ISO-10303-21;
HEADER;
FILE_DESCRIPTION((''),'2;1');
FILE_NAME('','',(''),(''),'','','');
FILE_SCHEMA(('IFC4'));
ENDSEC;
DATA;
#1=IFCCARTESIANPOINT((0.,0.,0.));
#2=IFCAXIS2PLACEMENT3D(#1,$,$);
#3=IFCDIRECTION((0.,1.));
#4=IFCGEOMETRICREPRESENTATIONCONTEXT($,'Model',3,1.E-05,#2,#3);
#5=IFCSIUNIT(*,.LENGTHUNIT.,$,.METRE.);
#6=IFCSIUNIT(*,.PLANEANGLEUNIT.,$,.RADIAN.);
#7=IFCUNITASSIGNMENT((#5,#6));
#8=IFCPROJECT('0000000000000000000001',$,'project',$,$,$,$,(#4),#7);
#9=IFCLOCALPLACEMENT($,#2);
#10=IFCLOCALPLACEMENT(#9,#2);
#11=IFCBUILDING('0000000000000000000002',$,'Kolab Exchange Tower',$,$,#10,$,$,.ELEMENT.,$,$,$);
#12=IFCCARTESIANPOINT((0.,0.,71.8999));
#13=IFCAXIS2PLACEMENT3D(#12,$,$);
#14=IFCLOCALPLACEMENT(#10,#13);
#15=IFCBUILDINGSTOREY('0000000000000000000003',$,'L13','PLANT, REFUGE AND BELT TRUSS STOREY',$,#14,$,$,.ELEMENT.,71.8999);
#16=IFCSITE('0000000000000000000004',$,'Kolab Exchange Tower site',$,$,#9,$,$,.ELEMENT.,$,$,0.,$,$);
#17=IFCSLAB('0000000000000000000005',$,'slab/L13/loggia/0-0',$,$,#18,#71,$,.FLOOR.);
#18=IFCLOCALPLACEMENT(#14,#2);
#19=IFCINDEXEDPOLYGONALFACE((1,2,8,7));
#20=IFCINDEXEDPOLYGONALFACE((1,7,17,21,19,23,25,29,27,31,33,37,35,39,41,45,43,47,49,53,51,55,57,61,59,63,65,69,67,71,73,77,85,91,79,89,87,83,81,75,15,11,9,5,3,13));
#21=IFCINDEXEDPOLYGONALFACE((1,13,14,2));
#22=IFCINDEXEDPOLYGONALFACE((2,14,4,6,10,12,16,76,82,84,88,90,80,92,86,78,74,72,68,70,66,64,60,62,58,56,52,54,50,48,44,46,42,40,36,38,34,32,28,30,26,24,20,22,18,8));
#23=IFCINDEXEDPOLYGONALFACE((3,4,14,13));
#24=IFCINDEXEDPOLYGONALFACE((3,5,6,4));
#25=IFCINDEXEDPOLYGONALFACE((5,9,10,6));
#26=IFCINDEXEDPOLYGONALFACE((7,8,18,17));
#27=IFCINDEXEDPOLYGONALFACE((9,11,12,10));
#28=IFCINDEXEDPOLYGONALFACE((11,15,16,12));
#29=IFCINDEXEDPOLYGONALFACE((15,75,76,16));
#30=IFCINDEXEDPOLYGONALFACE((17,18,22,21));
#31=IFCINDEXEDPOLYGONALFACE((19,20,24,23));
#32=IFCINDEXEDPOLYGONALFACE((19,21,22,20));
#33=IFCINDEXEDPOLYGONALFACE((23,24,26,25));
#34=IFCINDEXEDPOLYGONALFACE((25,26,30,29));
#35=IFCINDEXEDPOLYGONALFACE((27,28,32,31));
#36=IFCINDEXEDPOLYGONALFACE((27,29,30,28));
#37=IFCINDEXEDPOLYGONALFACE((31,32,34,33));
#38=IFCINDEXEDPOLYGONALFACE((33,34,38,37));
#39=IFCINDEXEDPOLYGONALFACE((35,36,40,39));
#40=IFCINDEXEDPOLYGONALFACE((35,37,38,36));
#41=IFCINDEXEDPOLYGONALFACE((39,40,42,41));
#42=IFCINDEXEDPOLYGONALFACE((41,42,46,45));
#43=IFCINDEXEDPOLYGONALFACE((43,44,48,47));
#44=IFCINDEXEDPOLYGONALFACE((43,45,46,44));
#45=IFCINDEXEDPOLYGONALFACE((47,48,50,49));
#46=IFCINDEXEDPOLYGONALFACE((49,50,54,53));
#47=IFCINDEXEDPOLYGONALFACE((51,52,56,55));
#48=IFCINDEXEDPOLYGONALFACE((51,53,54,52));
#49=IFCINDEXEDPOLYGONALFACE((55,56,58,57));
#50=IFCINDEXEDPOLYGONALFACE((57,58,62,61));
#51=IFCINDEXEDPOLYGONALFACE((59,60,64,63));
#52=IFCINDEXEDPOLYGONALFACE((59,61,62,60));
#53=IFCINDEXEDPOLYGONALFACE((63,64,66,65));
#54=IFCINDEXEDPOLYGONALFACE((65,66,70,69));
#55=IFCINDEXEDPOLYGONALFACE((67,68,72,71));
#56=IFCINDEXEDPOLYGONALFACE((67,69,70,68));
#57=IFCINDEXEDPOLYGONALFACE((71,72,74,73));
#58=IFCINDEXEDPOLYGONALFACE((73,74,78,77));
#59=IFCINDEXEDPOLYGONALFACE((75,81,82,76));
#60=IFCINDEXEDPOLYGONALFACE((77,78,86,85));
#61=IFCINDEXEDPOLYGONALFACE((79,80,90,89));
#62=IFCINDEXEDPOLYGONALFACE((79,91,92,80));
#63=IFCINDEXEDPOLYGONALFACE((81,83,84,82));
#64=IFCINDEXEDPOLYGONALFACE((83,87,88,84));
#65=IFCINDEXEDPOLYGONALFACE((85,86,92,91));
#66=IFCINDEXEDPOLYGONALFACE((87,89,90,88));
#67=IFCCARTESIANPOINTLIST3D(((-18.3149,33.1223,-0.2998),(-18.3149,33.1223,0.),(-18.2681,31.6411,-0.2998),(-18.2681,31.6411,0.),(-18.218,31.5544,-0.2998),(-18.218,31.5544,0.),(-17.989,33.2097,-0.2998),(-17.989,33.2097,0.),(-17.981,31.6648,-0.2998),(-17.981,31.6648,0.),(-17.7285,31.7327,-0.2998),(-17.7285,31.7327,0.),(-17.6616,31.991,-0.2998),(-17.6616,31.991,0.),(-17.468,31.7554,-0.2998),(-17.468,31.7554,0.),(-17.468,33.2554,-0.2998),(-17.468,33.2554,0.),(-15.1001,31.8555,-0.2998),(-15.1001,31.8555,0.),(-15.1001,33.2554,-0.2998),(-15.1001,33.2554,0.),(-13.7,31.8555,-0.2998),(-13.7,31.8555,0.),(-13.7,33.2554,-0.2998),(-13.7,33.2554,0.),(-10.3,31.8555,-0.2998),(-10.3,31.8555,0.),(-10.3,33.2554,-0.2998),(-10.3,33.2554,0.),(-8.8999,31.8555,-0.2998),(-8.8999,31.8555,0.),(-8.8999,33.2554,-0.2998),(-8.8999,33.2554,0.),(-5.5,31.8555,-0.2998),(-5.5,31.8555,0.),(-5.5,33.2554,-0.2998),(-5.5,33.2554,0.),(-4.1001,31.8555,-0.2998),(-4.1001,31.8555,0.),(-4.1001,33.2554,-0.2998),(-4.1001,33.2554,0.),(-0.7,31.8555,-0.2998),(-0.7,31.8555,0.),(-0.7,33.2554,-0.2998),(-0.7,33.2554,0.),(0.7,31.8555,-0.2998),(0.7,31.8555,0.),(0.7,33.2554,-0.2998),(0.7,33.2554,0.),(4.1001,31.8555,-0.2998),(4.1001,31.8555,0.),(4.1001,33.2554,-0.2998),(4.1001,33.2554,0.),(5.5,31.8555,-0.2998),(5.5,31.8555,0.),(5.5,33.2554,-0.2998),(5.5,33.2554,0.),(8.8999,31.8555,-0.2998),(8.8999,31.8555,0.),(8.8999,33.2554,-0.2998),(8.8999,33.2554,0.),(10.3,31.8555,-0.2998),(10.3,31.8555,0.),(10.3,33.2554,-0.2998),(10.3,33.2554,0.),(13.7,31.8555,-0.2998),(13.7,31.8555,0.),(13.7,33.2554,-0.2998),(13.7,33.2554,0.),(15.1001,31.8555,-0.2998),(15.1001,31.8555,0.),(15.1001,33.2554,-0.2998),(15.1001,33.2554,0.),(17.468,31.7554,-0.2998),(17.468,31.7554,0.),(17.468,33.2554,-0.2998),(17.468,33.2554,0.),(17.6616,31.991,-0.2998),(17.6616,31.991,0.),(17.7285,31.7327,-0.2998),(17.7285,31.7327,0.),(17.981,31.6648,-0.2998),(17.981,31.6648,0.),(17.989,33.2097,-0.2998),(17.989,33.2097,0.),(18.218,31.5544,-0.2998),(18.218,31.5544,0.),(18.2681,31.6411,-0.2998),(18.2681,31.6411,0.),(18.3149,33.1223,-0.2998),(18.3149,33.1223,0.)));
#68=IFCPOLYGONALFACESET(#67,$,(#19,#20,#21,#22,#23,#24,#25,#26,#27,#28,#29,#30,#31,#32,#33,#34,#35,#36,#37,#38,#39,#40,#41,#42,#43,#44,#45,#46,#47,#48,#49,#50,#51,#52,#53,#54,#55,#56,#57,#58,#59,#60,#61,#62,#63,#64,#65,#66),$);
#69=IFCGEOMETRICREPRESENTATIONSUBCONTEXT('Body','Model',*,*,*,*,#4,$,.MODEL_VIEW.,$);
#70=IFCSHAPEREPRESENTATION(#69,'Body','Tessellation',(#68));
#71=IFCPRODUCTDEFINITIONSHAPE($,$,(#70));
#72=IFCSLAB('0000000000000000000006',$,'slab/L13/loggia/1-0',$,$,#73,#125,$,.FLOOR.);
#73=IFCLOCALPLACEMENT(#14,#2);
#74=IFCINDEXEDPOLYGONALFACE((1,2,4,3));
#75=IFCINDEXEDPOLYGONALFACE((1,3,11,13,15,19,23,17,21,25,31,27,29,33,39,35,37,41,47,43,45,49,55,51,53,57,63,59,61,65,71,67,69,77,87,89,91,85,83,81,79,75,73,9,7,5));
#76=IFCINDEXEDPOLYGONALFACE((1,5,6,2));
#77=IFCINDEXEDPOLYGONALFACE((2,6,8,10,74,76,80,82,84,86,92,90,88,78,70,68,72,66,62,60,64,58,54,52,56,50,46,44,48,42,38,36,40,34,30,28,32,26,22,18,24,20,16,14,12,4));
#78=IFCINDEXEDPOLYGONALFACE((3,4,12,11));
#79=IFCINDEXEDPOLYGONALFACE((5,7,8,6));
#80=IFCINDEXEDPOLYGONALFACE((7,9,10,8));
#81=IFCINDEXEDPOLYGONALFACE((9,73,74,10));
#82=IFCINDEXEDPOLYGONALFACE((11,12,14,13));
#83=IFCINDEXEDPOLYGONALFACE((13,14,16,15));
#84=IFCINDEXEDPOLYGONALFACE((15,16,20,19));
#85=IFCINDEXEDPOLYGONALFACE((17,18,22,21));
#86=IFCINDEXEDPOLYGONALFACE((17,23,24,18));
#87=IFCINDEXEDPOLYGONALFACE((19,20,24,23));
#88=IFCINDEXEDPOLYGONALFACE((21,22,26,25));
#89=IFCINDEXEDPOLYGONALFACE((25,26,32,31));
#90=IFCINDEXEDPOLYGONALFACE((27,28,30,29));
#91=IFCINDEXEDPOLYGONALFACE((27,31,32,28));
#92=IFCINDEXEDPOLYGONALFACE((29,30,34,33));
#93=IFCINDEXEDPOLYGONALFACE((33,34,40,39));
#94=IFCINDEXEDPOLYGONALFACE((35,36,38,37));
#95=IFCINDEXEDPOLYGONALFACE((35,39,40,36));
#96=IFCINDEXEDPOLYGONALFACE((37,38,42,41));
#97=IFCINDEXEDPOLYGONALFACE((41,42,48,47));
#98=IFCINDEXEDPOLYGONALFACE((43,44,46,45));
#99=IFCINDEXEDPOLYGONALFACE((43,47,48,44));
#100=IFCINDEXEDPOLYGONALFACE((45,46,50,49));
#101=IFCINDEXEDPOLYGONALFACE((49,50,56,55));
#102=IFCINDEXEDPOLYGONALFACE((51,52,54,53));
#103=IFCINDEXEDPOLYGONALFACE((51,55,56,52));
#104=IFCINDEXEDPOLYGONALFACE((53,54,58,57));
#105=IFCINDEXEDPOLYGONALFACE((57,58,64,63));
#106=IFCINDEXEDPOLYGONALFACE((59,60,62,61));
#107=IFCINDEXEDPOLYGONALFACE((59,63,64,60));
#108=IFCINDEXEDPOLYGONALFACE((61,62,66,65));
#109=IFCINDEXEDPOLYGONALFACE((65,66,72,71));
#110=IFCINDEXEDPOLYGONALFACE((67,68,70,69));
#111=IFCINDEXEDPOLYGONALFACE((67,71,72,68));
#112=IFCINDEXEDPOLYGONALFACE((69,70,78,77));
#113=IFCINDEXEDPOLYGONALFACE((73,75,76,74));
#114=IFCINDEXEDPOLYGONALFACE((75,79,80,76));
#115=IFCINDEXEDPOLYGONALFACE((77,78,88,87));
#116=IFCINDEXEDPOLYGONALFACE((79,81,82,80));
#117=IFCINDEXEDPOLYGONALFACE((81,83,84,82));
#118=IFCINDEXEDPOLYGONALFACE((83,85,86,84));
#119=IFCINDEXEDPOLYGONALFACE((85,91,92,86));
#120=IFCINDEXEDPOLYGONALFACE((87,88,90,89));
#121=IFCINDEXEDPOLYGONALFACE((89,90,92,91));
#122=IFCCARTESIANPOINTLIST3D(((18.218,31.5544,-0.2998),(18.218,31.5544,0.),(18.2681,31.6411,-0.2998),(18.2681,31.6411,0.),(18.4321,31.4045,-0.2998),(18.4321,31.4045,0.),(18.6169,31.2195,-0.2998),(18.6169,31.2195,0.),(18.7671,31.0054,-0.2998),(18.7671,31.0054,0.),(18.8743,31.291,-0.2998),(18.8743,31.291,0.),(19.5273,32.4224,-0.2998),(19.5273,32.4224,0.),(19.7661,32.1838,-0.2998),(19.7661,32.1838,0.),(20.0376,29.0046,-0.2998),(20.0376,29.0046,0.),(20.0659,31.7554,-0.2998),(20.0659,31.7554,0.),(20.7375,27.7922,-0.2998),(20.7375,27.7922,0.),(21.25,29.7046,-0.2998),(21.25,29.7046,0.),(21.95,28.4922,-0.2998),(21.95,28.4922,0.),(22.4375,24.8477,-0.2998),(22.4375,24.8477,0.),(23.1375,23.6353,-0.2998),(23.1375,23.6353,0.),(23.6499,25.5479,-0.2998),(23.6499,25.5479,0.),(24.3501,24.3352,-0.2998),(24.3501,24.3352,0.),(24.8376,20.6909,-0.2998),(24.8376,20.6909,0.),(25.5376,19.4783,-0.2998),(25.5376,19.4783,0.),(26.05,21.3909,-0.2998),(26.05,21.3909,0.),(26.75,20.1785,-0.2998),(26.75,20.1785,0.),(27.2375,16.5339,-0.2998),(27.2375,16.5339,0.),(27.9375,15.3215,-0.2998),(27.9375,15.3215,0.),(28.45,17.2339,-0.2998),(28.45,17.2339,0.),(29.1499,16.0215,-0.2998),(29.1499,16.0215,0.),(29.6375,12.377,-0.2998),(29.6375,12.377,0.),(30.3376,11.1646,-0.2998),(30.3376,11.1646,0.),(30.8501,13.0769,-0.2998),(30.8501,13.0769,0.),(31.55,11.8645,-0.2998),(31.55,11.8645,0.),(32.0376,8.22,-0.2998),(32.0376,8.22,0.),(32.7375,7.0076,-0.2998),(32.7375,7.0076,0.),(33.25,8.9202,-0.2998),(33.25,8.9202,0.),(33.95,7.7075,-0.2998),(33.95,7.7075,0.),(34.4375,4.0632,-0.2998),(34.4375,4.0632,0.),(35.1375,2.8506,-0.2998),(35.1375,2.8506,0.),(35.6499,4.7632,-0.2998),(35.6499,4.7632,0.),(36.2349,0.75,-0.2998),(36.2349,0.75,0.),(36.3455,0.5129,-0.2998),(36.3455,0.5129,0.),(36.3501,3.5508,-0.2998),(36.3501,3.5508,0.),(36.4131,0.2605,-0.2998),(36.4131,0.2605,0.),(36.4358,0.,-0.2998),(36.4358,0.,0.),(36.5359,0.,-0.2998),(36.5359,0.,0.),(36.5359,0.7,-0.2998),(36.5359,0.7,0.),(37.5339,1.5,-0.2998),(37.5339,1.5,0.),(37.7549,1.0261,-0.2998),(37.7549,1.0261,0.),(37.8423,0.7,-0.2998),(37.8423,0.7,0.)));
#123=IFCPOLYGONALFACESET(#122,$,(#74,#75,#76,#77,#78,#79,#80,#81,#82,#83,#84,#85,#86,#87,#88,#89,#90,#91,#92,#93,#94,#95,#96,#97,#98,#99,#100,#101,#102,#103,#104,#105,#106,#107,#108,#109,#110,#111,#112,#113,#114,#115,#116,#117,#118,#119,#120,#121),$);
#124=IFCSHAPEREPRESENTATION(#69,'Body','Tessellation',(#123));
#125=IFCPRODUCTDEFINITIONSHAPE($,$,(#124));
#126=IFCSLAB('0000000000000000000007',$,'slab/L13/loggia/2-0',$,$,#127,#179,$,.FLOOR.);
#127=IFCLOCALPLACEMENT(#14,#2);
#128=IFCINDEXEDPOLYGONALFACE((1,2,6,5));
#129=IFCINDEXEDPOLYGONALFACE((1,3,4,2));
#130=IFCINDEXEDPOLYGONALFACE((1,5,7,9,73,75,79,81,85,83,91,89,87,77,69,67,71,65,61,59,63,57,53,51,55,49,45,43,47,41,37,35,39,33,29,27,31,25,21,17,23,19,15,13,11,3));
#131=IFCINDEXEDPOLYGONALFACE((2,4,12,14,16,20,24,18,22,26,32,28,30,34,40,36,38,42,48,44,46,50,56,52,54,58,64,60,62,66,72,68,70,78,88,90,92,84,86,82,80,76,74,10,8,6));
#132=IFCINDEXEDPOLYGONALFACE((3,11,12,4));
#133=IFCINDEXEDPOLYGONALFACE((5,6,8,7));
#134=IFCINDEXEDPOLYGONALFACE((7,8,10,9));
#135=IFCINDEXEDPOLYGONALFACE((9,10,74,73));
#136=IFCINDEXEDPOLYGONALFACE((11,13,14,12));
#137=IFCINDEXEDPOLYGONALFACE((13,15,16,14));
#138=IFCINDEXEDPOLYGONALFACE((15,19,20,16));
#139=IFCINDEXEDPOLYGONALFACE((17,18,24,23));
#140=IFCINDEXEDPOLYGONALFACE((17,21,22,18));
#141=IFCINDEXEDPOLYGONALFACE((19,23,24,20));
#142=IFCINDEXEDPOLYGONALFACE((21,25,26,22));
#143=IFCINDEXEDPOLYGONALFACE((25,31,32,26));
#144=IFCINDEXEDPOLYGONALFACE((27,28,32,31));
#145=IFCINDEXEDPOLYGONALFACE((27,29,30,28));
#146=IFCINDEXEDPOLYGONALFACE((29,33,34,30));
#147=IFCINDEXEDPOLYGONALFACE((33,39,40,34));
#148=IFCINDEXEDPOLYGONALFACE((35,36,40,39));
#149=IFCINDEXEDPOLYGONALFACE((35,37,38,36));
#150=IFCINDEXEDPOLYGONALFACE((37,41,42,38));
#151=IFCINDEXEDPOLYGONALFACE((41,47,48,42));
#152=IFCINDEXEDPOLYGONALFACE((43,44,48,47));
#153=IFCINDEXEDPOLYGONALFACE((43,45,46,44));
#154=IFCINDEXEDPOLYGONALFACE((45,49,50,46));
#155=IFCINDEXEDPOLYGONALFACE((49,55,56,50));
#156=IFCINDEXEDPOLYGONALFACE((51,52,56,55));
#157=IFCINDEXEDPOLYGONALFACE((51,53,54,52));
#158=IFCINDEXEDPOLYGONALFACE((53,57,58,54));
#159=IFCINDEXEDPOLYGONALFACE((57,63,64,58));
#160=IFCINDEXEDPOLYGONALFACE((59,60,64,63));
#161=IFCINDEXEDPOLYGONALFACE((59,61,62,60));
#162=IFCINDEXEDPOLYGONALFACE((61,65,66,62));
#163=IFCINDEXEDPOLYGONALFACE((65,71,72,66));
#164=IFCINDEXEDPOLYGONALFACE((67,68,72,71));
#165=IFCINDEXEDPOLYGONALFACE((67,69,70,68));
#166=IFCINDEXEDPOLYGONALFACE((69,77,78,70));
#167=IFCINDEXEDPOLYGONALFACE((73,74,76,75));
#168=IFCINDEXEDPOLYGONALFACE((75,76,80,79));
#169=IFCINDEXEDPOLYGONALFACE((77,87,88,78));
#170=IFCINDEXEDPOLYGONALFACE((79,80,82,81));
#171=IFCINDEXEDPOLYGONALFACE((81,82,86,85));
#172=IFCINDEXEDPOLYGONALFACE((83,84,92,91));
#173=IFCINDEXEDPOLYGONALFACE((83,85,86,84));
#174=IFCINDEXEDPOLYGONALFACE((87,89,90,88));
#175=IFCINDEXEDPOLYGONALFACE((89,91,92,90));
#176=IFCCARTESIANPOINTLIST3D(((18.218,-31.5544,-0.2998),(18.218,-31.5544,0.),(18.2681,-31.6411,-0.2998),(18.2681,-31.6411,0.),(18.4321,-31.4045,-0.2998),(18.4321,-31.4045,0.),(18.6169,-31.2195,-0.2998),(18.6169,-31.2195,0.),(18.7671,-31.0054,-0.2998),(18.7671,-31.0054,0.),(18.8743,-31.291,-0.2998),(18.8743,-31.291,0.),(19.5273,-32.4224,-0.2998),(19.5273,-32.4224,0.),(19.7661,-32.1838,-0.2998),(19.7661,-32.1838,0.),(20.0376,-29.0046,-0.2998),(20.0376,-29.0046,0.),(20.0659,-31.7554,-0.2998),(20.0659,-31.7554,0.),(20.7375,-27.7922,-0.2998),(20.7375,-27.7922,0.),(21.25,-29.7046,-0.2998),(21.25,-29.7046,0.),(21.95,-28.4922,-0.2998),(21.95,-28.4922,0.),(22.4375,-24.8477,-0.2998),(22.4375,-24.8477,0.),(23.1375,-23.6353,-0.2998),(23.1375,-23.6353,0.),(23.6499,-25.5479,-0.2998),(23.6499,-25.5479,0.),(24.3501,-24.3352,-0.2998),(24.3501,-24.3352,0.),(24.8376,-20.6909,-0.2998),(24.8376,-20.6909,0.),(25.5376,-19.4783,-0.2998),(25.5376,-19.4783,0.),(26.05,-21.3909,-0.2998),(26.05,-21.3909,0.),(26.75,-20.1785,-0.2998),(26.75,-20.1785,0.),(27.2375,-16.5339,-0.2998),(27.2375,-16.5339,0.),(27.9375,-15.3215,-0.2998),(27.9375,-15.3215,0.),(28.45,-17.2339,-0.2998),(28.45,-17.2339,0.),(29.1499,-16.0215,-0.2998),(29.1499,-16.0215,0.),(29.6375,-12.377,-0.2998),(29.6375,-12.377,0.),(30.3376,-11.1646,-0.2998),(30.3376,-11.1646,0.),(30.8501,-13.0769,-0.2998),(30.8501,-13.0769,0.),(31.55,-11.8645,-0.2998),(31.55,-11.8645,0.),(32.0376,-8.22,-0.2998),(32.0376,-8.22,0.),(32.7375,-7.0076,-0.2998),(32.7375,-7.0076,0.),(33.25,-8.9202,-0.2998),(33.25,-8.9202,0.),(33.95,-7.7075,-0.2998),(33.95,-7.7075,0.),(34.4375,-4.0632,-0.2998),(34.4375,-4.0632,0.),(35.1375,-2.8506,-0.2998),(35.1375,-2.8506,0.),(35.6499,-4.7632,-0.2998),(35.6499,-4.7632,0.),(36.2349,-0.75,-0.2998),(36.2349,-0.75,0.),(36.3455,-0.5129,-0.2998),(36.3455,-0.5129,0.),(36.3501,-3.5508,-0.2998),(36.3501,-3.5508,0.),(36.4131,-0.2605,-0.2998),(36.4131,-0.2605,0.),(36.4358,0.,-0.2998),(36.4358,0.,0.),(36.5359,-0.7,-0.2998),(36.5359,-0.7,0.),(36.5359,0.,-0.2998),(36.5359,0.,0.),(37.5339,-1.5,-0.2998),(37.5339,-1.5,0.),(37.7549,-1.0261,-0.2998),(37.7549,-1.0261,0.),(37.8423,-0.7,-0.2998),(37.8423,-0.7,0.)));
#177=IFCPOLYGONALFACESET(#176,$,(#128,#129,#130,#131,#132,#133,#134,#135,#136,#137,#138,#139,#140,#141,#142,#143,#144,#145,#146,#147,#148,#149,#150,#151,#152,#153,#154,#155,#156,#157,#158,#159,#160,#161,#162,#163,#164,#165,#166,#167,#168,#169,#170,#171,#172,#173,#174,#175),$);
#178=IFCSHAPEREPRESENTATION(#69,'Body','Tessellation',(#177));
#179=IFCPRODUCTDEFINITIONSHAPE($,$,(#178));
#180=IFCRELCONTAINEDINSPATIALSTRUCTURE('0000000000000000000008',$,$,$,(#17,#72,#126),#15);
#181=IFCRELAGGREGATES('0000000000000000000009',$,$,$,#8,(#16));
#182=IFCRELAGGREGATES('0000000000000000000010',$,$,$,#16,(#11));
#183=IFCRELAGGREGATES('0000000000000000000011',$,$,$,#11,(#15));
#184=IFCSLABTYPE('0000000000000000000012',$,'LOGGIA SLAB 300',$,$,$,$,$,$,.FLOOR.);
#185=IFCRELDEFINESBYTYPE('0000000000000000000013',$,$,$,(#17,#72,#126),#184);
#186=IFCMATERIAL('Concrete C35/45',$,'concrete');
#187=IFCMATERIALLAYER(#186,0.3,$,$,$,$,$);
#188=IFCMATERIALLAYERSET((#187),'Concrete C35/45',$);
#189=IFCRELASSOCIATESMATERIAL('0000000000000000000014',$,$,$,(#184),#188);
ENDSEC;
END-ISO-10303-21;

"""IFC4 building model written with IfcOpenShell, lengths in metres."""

from ifc_helpers import new_model, si_unit, direction, frame, origin, place, context, subcontext, project, spatial, polyline, outline, extrude, material, layer, layer_set, type_object, element, save


model = new_model("IFC4")

# Units and contexts
model_context = context("Model", 3, precision=1e-05, world=origin(), true_north=direction((0.0, 1.0)))
body_context = subcontext(model_context, "Body", "Model", "MODEL_VIEW")
ifc_project = project(units=[si_unit("LENGTHUNIT", "METRE"), si_unit("PLANEANGLEUNIT", "RADIAN")], contexts=[model_context])

# Site, building, storey
site_placement = place(None, origin())
site = spatial("IfcSite", under=ifc_project, at=site_placement, Name="Kolab Exchange Tower site", CompositionType="ELEMENT", RefElevation=0.0)
building_placement = place(site_placement, origin())
building = spatial("IfcBuilding", under=site, at=building_placement, Name="Kolab Exchange Tower", CompositionType="ELEMENT")
storey_placement = place(building_placement, frame((0.0, 0.0, 71.8999)))
storey = spatial("IfcBuildingStorey", under=building, at=storey_placement, Name="L13", Description="PLANT, REFUGE AND BELT TRUSS STOREY", CompositionType="ELEMENT", Elevation=71.8999)

# Slabs
ifc_material_1 = material(Name="Concrete C35/45", Category="concrete")
ifc_layer_1 = layer(ifc_material_1, 0.3)
ifc_layer_set_1 = layer_set([ifc_layer_1], Name="Concrete C35/45")
slab_type = type_object("IfcSlabType", Name="LOGGIA SLAB 300", PredefinedType="FLOOR", material=ifc_layer_set_1)
slab_1_placement = place(storey_placement, frame((0.0, 0.0, -0.2998)))
element("IfcSlab", 1, at=slab_1_placement, inside=storey, type_object=slab_type, Name="slab/L13/loggia/0-0", PredefinedType="FLOOR", context=body_context, shape_type="SweptSolid", body=[
    extrude(outline(polyline([(18.218, 31.5544), (18.2681, 31.6411), (17.6616, 31.991), (18.3149, 33.1223), (17.989, 33.2097), (17.468, 33.2554), (15.1001, 33.2554), (15.1001, 31.8555), (13.7, 31.8555), (13.7, 33.2554), (10.3, 33.2554), (10.3, 31.8555), (8.8999, 31.8555), (8.8999, 33.2554), (5.5, 33.2554), (5.5, 31.8555), (4.1001, 31.8555), (4.1001, 33.2554), (0.7, 33.2554), (0.7, 31.8555), (-0.7, 31.8555), (-0.7, 33.2554), (-4.1001, 33.2554), (-4.1001, 31.8555), (-5.5, 31.8555), (-5.5, 33.2554), (-8.8999, 33.2554), (-8.8999, 31.8555), (-10.3, 31.8555), (-10.3, 33.2554), (-13.7, 33.2554), (-13.7, 31.8555), (-15.1001, 31.8555), (-15.1001, 33.2554), (-17.468, 33.2554), (-17.989, 33.2097), (-18.3149, 33.1223), (-17.6616, 31.991), (-18.2681, 31.6411), (-18.218, 31.5544), (-17.981, 31.6648), (-17.7285, 31.7327), (-17.468, 31.7554), (17.468, 31.7554), (17.7285, 31.7327), (17.981, 31.6648), (18.218, 31.5544)])), origin(), (0.0, 0.0, 1.0), 0.2998),
])
slab_2_placement = place(storey_placement, frame((0.0, 0.0, -0.2998)))
element("IfcSlab", 2, at=slab_2_placement, inside=storey, type_object=slab_type, Name="slab/L13/loggia/1-0", PredefinedType="FLOOR", context=body_context, shape_type="SweptSolid", body=[
    extrude(outline(polyline([(36.4358, 0.0), (36.5359, 0.0), (36.5359, 0.7), (37.8423, 0.7), (37.7549, 1.0261), (37.5339, 1.5), (36.3501, 3.5508), (35.1375, 2.8506), (34.4375, 4.0632), (35.6499, 4.7632), (33.95, 7.7075), (32.7375, 7.0076), (32.0376, 8.22), (33.25, 8.9202), (31.55, 11.8645), (30.3376, 11.1646), (29.6375, 12.377), (30.8501, 13.0769), (29.1499, 16.0215), (27.9375, 15.3215), (27.2375, 16.5339), (28.45, 17.2339), (26.75, 20.1785), (25.5376, 19.4783), (24.8376, 20.6909), (26.05, 21.3909), (24.3501, 24.3352), (23.1375, 23.6353), (22.4375, 24.8477), (23.6499, 25.5479), (21.95, 28.4922), (20.7375, 27.7922), (20.0376, 29.0046), (21.25, 29.7046), (20.0659, 31.7554), (19.7661, 32.1838), (19.5273, 32.4224), (18.8743, 31.291), (18.2681, 31.6411), (18.218, 31.5544), (18.4321, 31.4045), (18.6169, 31.2195), (18.7671, 31.0054), (36.2349, 0.75), (36.3455, 0.5129), (36.4131, 0.2605), (36.4358, 0.0)])), origin(), (0.0, 0.0, 1.0), 0.2998),
])
slab_3_placement = place(storey_placement, frame((0.0, 0.0, -0.2998)))
element("IfcSlab", 3, at=slab_3_placement, inside=storey, type_object=slab_type, Name="slab/L13/loggia/2-0", PredefinedType="FLOOR", context=body_context, shape_type="SweptSolid", body=[
    extrude(outline(polyline([(20.0659, -31.7554), (21.25, -29.7046), (20.0376, -29.0046), (20.7375, -27.7922), (21.95, -28.4922), (23.6499, -25.5479), (22.4375, -24.8477), (23.1375, -23.6353), (24.3501, -24.3352), (26.05, -21.3909), (24.8376, -20.6909), (25.5376, -19.4783), (26.75, -20.1785), (28.45, -17.2339), (27.2375, -16.5339), (27.9375, -15.3215), (29.1499, -16.0215), (30.8501, -13.0769), (29.6375, -12.377), (30.3376, -11.1646), (31.55, -11.8645), (33.25, -8.9202), (32.0376, -8.22), (32.7375, -7.0076), (33.95, -7.7075), (35.6499, -4.7632), (34.4375, -4.0632), (35.1375, -2.8506), (36.3501, -3.5508), (37.5339, -1.5), (37.7549, -1.0261), (37.8423, -0.7), (36.5359, -0.7), (36.5359, 0.0), (36.4358, 0.0), (36.4131, -0.2605), (36.3455, -0.5129), (36.2349, -0.75), (18.7671, -31.0054), (18.6169, -31.2195), (18.4321, -31.4045), (18.218, -31.5544), (18.2681, -31.6411), (18.8743, -31.291), (19.5273, -32.4224), (19.7661, -32.1838), (20.0659, -31.7554)])), origin(), (0.0, 0.0, 1.0), 0.2998),
])

save(model, "model.ifc")
